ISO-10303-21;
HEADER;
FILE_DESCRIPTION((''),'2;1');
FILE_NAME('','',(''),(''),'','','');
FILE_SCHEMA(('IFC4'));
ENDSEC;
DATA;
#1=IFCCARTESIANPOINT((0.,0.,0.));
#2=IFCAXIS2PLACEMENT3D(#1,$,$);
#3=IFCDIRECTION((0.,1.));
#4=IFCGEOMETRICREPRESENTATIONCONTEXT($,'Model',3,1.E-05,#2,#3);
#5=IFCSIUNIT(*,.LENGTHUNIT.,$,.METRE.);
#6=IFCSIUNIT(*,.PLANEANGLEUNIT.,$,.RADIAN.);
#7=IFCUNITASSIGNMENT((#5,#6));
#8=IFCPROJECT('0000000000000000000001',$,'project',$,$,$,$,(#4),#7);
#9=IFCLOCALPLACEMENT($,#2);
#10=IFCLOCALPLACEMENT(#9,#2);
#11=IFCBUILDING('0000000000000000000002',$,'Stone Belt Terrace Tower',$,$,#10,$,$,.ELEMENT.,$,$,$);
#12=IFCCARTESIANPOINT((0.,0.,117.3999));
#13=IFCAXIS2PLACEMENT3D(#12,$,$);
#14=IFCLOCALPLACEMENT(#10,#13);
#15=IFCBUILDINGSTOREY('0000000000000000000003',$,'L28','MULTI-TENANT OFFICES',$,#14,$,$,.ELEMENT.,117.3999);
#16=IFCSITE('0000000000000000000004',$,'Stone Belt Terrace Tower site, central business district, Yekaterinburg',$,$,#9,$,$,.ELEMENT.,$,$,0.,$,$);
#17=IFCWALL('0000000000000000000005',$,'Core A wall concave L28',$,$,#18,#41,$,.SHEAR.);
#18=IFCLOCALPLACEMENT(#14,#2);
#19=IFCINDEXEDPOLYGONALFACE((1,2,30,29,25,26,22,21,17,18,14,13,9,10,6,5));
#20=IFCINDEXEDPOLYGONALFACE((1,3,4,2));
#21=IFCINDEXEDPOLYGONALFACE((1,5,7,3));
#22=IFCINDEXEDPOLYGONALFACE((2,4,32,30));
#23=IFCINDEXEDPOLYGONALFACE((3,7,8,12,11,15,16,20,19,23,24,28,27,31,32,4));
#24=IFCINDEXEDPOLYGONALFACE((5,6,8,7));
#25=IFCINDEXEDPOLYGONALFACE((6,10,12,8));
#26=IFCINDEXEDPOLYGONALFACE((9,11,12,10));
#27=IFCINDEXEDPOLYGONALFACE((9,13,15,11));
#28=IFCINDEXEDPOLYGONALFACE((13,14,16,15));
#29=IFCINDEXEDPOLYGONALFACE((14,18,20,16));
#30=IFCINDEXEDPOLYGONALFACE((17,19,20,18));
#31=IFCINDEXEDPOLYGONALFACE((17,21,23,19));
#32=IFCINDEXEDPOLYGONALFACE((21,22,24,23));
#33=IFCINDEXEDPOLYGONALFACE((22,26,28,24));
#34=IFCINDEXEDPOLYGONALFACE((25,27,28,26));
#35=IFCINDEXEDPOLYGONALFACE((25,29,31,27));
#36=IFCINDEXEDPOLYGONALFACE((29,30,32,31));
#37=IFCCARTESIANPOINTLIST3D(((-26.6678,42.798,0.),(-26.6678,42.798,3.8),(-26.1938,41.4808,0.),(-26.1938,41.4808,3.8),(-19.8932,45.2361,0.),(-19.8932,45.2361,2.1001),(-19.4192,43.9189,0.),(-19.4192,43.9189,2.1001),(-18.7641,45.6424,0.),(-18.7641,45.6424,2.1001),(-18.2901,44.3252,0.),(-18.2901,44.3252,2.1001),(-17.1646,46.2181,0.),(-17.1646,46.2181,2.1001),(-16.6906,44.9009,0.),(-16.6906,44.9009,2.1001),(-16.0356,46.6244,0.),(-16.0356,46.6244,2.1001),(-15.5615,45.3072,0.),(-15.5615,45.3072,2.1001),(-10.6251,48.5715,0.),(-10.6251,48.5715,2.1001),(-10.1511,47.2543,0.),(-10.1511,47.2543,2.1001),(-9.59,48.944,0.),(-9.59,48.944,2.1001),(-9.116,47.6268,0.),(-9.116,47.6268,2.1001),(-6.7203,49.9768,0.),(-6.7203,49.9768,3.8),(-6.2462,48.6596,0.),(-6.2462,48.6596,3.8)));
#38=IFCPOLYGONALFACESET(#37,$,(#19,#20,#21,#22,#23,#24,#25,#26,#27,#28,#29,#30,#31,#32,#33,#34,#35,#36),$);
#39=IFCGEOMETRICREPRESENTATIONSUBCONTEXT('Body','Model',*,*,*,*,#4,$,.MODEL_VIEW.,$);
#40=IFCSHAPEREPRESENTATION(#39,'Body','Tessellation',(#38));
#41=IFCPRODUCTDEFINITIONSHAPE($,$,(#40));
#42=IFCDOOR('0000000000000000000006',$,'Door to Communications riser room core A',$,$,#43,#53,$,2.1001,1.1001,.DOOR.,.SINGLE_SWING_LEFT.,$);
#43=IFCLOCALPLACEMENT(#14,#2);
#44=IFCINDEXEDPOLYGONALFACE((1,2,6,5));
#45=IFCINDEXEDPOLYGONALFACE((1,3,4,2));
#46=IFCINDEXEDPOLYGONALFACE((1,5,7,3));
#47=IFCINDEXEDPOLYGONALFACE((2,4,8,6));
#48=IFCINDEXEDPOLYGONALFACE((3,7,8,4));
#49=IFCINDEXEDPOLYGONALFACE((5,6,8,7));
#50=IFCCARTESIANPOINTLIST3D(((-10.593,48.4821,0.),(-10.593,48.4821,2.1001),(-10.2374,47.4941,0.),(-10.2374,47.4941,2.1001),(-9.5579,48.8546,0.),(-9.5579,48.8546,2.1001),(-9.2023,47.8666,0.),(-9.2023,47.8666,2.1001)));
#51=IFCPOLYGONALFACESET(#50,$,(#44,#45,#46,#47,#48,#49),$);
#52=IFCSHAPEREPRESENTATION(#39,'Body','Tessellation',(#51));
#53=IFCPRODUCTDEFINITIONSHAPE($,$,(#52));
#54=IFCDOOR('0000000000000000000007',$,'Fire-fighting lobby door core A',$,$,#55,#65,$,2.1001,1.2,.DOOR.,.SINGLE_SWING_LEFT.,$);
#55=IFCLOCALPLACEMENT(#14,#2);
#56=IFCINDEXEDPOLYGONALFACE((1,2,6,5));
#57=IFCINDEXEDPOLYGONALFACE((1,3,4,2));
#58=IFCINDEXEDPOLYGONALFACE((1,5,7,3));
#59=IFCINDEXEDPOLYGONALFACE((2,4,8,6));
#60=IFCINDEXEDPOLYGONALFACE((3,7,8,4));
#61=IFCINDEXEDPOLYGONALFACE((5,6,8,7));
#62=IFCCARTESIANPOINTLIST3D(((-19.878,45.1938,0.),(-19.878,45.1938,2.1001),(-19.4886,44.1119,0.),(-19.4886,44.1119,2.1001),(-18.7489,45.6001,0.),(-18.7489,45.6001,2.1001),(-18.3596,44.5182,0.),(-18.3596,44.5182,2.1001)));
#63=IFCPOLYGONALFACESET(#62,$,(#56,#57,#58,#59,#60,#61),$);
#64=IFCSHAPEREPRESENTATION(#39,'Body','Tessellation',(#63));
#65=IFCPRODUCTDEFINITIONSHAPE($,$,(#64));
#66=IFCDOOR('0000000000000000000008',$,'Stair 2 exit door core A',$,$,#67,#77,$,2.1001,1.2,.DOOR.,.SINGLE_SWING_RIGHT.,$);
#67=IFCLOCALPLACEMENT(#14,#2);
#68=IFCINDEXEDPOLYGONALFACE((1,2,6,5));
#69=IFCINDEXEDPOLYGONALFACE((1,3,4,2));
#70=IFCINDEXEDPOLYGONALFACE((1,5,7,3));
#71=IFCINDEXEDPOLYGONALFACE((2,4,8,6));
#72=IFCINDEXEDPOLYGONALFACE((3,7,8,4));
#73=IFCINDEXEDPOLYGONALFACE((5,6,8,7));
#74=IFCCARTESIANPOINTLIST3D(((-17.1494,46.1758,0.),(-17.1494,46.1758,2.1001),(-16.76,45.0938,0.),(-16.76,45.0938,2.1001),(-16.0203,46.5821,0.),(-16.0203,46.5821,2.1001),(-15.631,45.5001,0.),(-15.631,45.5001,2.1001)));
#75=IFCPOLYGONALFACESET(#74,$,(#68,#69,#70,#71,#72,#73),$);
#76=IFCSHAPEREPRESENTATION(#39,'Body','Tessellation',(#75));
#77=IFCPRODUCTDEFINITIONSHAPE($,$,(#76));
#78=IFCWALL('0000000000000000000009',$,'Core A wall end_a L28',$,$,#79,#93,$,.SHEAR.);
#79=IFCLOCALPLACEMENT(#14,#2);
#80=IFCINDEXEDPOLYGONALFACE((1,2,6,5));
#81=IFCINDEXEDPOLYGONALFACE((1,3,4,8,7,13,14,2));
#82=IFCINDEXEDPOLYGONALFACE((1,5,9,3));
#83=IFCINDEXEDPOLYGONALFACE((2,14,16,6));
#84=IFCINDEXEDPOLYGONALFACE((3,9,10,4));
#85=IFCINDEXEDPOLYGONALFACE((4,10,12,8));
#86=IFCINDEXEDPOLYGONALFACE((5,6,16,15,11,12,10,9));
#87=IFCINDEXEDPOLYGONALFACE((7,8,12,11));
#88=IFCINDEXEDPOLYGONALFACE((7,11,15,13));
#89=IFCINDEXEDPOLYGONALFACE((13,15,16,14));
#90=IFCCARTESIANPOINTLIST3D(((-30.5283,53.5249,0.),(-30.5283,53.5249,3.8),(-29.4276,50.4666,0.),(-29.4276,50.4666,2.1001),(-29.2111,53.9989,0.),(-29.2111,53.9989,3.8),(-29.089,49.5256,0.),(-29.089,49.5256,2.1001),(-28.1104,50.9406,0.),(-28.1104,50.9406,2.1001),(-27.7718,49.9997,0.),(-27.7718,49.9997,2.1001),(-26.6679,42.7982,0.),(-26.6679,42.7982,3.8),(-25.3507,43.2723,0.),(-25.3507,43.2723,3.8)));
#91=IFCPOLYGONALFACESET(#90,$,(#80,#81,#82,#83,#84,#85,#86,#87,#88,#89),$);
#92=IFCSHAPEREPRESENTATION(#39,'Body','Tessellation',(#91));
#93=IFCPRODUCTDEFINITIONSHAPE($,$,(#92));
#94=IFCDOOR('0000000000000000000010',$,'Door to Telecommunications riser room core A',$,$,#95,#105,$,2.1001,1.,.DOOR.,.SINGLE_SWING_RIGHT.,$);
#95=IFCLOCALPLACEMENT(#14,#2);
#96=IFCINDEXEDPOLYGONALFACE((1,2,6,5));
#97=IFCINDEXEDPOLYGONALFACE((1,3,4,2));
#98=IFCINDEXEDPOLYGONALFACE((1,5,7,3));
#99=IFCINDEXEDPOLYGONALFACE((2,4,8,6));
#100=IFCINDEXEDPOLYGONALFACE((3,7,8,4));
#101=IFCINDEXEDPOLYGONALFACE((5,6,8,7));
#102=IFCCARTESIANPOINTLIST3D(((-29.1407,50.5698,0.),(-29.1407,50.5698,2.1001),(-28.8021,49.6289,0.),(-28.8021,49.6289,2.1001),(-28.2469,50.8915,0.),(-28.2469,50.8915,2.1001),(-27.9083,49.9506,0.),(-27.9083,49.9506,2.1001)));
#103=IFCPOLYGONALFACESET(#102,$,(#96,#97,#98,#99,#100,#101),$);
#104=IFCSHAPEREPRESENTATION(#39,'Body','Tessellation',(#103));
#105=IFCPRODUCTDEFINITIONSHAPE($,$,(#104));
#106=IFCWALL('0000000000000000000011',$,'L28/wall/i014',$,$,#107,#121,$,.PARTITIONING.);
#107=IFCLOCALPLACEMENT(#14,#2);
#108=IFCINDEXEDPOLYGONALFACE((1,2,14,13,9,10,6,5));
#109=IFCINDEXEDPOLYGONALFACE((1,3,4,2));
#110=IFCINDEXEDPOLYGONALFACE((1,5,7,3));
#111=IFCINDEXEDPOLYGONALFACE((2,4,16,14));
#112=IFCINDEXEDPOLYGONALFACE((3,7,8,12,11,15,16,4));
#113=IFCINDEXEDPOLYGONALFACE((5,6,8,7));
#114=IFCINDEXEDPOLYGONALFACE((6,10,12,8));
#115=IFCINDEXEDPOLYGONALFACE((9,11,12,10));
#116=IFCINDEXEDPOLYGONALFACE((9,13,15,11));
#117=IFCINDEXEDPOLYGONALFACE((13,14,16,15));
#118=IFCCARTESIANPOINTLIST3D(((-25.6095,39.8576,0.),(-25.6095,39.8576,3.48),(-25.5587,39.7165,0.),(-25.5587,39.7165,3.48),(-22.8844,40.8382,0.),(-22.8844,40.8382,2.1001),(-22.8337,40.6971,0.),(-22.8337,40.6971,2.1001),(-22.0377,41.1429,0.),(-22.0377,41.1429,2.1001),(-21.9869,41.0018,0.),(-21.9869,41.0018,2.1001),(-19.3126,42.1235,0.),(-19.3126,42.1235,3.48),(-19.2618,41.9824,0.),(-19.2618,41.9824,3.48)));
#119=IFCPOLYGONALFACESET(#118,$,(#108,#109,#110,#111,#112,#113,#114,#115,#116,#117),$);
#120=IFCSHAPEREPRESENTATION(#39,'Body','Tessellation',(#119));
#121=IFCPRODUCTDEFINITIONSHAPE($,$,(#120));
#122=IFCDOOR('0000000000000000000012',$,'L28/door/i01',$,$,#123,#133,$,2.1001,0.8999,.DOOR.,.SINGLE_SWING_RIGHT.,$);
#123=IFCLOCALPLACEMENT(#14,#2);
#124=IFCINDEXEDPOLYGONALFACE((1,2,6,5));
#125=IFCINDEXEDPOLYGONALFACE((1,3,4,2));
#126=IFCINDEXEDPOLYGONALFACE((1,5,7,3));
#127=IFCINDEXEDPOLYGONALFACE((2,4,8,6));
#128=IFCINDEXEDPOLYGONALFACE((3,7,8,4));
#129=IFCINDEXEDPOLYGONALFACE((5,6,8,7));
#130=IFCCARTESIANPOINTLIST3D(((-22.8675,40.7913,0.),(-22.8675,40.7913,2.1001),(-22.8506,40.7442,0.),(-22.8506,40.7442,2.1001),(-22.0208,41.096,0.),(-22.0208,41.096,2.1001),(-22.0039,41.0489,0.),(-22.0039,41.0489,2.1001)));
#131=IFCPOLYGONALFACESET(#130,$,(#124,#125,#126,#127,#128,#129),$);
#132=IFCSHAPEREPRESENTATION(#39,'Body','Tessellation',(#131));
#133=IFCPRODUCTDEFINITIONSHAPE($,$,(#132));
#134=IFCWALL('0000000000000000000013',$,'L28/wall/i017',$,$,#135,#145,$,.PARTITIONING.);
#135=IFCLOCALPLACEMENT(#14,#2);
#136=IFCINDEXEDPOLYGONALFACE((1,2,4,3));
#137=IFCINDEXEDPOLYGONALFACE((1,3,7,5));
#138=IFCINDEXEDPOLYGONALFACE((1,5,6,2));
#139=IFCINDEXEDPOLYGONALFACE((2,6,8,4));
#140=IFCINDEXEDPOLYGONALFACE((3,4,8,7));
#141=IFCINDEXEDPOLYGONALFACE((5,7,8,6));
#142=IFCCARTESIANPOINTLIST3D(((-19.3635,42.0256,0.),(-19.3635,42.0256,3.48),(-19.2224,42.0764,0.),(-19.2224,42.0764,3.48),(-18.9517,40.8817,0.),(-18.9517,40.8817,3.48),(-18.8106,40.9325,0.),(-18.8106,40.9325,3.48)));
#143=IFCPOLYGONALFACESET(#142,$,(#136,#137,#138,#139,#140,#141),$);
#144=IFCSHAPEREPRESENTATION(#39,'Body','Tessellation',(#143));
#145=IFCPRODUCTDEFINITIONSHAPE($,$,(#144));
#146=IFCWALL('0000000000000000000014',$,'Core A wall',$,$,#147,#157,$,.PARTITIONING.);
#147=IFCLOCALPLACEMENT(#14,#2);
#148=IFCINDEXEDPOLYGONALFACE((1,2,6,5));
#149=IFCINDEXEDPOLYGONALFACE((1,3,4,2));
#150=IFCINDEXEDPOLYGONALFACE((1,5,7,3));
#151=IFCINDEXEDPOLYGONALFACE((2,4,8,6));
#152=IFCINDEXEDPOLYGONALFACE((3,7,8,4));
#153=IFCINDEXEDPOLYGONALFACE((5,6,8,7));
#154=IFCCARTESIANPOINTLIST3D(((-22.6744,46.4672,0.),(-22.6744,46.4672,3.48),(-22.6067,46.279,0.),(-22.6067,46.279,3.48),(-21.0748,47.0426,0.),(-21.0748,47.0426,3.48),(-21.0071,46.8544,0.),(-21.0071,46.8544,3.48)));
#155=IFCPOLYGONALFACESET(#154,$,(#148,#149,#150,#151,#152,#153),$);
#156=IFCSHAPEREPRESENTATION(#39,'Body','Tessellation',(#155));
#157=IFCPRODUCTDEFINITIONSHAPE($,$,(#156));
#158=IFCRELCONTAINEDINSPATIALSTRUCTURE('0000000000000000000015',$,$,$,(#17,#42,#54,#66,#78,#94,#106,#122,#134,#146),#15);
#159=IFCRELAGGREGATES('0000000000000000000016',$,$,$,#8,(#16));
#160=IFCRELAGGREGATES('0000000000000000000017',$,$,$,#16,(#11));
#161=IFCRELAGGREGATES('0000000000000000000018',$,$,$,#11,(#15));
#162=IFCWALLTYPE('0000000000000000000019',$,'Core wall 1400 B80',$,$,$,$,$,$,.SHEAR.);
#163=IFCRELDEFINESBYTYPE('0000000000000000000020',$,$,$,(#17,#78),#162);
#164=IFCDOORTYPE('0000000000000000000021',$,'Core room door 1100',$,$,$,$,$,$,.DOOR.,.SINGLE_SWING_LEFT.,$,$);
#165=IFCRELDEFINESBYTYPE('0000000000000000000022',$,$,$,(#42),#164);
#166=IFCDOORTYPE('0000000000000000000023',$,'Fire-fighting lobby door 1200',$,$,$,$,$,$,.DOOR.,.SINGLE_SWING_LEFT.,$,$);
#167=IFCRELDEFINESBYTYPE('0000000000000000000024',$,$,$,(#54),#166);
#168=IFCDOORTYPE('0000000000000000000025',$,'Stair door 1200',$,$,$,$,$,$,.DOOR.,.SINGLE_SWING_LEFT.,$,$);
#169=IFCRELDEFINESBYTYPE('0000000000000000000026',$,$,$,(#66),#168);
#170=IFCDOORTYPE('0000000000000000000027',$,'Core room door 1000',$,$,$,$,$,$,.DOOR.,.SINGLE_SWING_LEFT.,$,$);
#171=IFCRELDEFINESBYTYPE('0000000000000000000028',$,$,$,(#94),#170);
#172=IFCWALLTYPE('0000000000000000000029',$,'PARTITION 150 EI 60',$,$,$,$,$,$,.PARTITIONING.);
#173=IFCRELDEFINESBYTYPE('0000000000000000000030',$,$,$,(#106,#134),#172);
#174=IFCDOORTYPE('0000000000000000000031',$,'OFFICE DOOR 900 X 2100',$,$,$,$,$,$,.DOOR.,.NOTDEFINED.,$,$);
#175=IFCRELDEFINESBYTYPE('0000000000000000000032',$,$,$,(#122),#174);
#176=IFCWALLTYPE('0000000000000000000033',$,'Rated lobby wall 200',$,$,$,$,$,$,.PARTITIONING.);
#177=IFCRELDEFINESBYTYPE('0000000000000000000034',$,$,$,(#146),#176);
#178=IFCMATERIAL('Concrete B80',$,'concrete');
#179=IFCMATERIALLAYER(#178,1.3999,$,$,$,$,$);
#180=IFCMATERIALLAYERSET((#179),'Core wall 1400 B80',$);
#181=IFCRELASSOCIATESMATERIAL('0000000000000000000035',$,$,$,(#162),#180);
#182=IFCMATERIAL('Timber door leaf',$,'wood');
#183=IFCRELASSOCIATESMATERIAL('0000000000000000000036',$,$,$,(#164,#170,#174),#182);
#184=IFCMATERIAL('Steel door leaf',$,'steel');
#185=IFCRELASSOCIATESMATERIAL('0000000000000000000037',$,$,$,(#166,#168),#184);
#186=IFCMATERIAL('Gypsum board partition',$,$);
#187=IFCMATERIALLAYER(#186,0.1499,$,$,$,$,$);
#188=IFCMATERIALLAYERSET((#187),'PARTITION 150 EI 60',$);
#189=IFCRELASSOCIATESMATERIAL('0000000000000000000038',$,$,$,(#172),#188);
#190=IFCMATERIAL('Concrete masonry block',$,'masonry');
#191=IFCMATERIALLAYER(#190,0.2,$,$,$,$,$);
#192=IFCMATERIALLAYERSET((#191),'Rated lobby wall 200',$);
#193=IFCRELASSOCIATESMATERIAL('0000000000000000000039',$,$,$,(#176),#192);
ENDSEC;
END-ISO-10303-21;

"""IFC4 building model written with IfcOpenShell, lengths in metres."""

from ifc_helpers import new_model, si_unit, direction, frame, frame_2d, origin, place, context, subcontext, project, spatial, rectangle, extrude, material, layer, layer_set, type_object, element, fill, save


model = new_model("IFC4")

# Units and contexts
model_context = context("Model", 3, precision=1e-05, world=origin(), true_north=direction((0.0, 1.0)))
body_context = subcontext(model_context, "Body", "Model", "MODEL_VIEW")
ifc_project = project(units=[si_unit("LENGTHUNIT", "METRE"), si_unit("PLANEANGLEUNIT", "RADIAN")], contexts=[model_context])

# Site, building, storey
site_placement = place(None, origin())
site = spatial("IfcSite", under=ifc_project, at=site_placement, Name="Stone Belt Terrace Tower site, central business district, Yekaterinburg", CompositionType="ELEMENT", RefElevation=0.0)
building_placement = place(site_placement, origin())
building = spatial("IfcBuilding", under=site, at=building_placement, Name="Stone Belt Terrace Tower", CompositionType="ELEMENT")
storey_placement = place(building_placement, frame((0.0, 0.0, 117.3999)))
storey = spatial("IfcBuildingStorey", under=building, at=storey_placement, Name="L28", Description="MULTI-TENANT OFFICES", CompositionType="ELEMENT", Elevation=117.3999)

# Wall, openings, doors
ifc_material_1 = material(Name="Concrete B80", Category="concrete")
ifc_layer_1 = layer(ifc_material_1, 1.3999)
ifc_layer_set_1 = layer_set([ifc_layer_1], Name="Core wall 1400 B80")
wall_type_1 = type_object("IfcWallType", Name="Core wall 1400 B80", PredefinedType="SHEAR", material=ifc_layer_set_1)
wall_1_placement = place(storey_placement, frame((-26.4309, 42.1394, 0.0), z_axis=(0.0, 0.0, 1.0), x_axis=(0.940923, 0.33862, 0.0)))
wall_1 = element("IfcWall", 1, at=wall_1_placement, inside=storey, type_object=wall_type_1, Name="Core A wall concave L28", PredefinedType="SHEAR", context=body_context, shape_type="SweptSolid", body=[
    extrude(rectangle(XDim=21.2, YDim=1.3999, at=frame_2d((10.6001, 0.0))), origin(), (0.0, 0.0, 1.0), 3.8),
])
opening_1_placement = place(wall_1_placement, frame((7.2, 0.0, 0.0)))
opening_1 = element("IfcOpeningElement", 2, at=opening_1_placement, cuts=wall_1, PredefinedType="OPENING", context=body_context, shape_type="SweptSolid", body=[
    extrude(rectangle(XDim=1.2, YDim=2.1001, at=frame_2d((0.6001, 1.05))), frame((0.0, 0.71, 0.0), z_axis=(0.0, -1.0, 0.0), x_axis=(1.0, 0.0, 0.0)), (0.0, 0.0, 1.0), 1.4199),
])
opening_2_placement = place(wall_1_placement, frame((10.0999, 0.0, 0.0)))
opening_2 = element("IfcOpeningElement", 3, at=opening_2_placement, cuts=wall_1, PredefinedType="OPENING", context=body_context, shape_type="SweptSolid", body=[
    extrude(rectangle(XDim=1.2, YDim=2.1001, at=frame_2d((0.6001, 1.05))), frame((0.0, 0.71, 0.0), z_axis=(0.0, -1.0, 0.0), x_axis=(1.0, 0.0, 0.0)), (0.0, 0.0, 1.0), 1.4199),
])
opening_3_placement = place(wall_1_placement, frame((17.05, 0.0, 0.0)))
opening_3 = element("IfcOpeningElement", 4, at=opening_3_placement, cuts=wall_1, PredefinedType="OPENING", context=body_context, shape_type="SweptSolid", body=[
    extrude(rectangle(XDim=1.1001, YDim=2.1001, at=frame_2d((0.55, 1.05))), frame((0.0, 0.71, 0.0), z_axis=(0.0, -1.0, 0.0), x_axis=(1.0, 0.0, 0.0)), (0.0, 0.0, 1.0), 1.4199),
])
ifc_material_2 = material(Name="Timber door leaf", Category="wood")
door_type_1 = type_object("IfcDoorType", Name="Core room door 1100", OperationType="SINGLE_SWING_LEFT", PredefinedType="DOOR", material=ifc_material_2)
door_1_placement = place(opening_3_placement, origin())
door_1 = element("IfcDoor", 5, at=door_1_placement, inside=storey, type_object=door_type_1, Name="Door to Communications riser room core A", OperationType="SINGLE_SWING_LEFT", OverallHeight=2.1001, OverallWidth=1.1001, PredefinedType="DOOR", context=body_context, shape_type="SweptSolid", body=[
    extrude(rectangle(XDim=1.1001, YDim=2.1001, at=frame_2d((0.55, 1.05))), frame((0.0, 0.605, 0.0), z_axis=(0.0, -1.0, 0.0), x_axis=(1.0, 0.0, 0.0)), (0.0, 0.0, 1.0), 1.05),
])
fill(opening_3, door_1)
ifc_material_3 = material(Name="Steel door leaf", Category="steel")
door_type_2 = type_object("IfcDoorType", Name="Fire-fighting lobby door 1200", OperationType="SINGLE_SWING_LEFT", PredefinedType="DOOR", material=ifc_material_3)
door_2_placement = place(opening_1_placement, origin())
door_2 = element("IfcDoor", 6, at=door_2_placement, inside=storey, type_object=door_type_2, Name="Fire-fighting lobby door core A", OperationType="SINGLE_SWING_LEFT", OverallHeight=2.1001, OverallWidth=1.2, PredefinedType="DOOR", context=body_context, shape_type="SweptSolid", body=[
    extrude(rectangle(XDim=1.2, YDim=2.1001, at=frame_2d((0.6001, 1.05))), frame((0.0, 0.655, 0.0), z_axis=(0.0, -1.0, 0.0), x_axis=(1.0, 0.0, 0.0)), (0.0, 0.0, 1.0), 1.1499),
])
fill(opening_1, door_2)
door_type_3 = type_object("IfcDoorType", Name="Stair door 1200", OperationType="SINGLE_SWING_LEFT", PredefinedType="DOOR", material=ifc_material_3)
door_3_placement = place(opening_2_placement, origin())
door_3 = element("IfcDoor", 7, at=door_3_placement, inside=storey, type_object=door_type_3, Name="Stair 2 exit door core A", OperationType="SINGLE_SWING_RIGHT", OverallHeight=2.1001, OverallWidth=1.2, PredefinedType="DOOR", context=body_context, shape_type="SweptSolid", body=[
    extrude(rectangle(XDim=1.2, YDim=2.1001, at=frame_2d((0.6001, 1.05))), frame((0.0, 0.655, 0.0), z_axis=(0.0, -1.0, 0.0), x_axis=(1.0, 0.0, 0.0)), (0.0, 0.0, 1.0), 1.1499),
])
fill(opening_2, door_3)

# Walls, openings, doors
wall_2_placement = place(storey_placement, frame((-26.0093, 43.0352, 0.0), z_axis=(0.0, 0.0, 1.0), x_axis=(-0.338625, 0.940921, 0.0)))
wall_2 = element("IfcWall", 8, at=wall_2_placement, inside=storey, type_object=wall_type_1, Name="Core A wall end_a L28", PredefinedType="SHEAR", context=body_context, shape_type="SweptSolid", body=[
    extrude(rectangle(XDim=11.4001, YDim=1.3999, at=frame_2d((5.7002, 0.0))), origin(), (0.0, 0.0, 1.0), 3.8),
])
opening_4_placement = place(wall_2_placement, frame((7.1499, 0.0, 0.0)))
opening_4 = element("IfcOpeningElement", 9, at=opening_4_placement, cuts=wall_2, PredefinedType="OPENING", context=body_context, shape_type="SweptSolid", body=[
    extrude(rectangle(XDim=1.0, YDim=2.1001, at=frame_2d((0.5, 1.05))), frame((0.0, 0.71, 0.0), z_axis=(0.0, -1.0, 0.0), x_axis=(1.0, 0.0, 0.0)), (0.0, 0.0, 1.0), 1.4199),
])
door_type_4 = type_object("IfcDoorType", Name="Core room door 1000", OperationType="SINGLE_SWING_LEFT", PredefinedType="DOOR", material=ifc_material_2)
door_4_placement = place(opening_4_placement, origin())
door_4 = element("IfcDoor", 10, at=door_4_placement, inside=storey, type_object=door_type_4, Name="Door to Telecommunications riser room core A", OperationType="SINGLE_SWING_RIGHT", OverallHeight=2.1001, OverallWidth=1.0, PredefinedType="DOOR", context=body_context, shape_type="SweptSolid", body=[
    extrude(rectangle(XDim=1.0, YDim=2.1001, at=frame_2d((0.5, 1.05))), frame((0.0, 0.395, 0.0), z_axis=(0.0, -1.0, 0.0), x_axis=(1.0, 0.0, 0.0)), (0.0, 0.0, 1.0), 0.95),
])
fill(opening_4, door_4)
ifc_material_4 = material(Name="Gypsum board partition")
ifc_layer_2 = layer(ifc_material_4, 0.1499)
ifc_layer_set_2 = layer_set([ifc_layer_2], Name="PARTITION 150 EI 60")
wall_type_2 = type_object("IfcWallType", Name="PARTITION 150 EI 60", PredefinedType="PARTITIONING", material=ifc_layer_set_2)
wall_3_placement = place(storey_placement, frame((-19.2871, 42.053, 0.0), z_axis=(0.0, 0.0, 1.0), x_axis=(-0.940935, -0.338586, 0.0)))
wall_3 = element("IfcWall", 11, at=wall_3_placement, inside=storey, type_object=wall_type_2, Name="L28/wall/i014", PredefinedType="PARTITIONING", context=body_context, shape_type="SweptSolid", body=[
    extrude(rectangle(XDim=6.6921, YDim=0.1499, at=frame_2d((3.3462, 0.0))), origin(), (0.0, 0.0, 1.0), 3.48),
])
opening_5_placement = place(wall_3_placement, frame((2.8962, 0.0, 0.0)))
opening_5 = element("IfcOpeningElement", 12, at=opening_5_placement, cuts=wall_3, PredefinedType="OPENING", context=body_context, shape_type="SweptSolid", body=[
    extrude(rectangle(XDim=0.8999, YDim=2.1001, at=frame_2d((0.45, 1.05))), frame((0.0, 0.085, 0.0), z_axis=(0.0, -1.0, 0.0), x_axis=(1.0, 0.0, 0.0)), (0.0, 0.0, 1.0), 0.1699),
])
door_type_5 = type_object("IfcDoorType", Name="OFFICE DOOR 900 X 2100", OperationType="NOTDEFINED", PredefinedType="DOOR", material=ifc_material_2)
door_5_placement = place(opening_5_placement, origin())
door_5 = element("IfcDoor", 13, at=door_5_placement, inside=storey, type_object=door_type_5, Name="L28/door/i01", OperationType="SINGLE_SWING_RIGHT", OverallHeight=2.1001, OverallWidth=0.8999, PredefinedType="DOOR", context=body_context, shape_type="SweptSolid", body=[
    extrude(rectangle(XDim=0.8999, YDim=2.1001, at=frame_2d((0.45, 1.05))), frame((0.0, 0.0249, 0.0), z_axis=(0.0, -1.0, 0.0), x_axis=(1.0, 0.0, 0.0)), (0.0, 0.0, 1.0), 0.05),
])
fill(opening_5, door_5)

# Walls
wall_4_placement = place(storey_placement, frame((-19.293, 42.051, 0.0), z_axis=(0.0, 0.0, 1.0), x_axis=(0.338727, -0.940885, 0.0)))
element("IfcWall", 14, at=wall_4_placement, inside=storey, type_object=wall_type_2, Name="L28/wall/i017", PredefinedType="PARTITIONING", context=body_context, shape_type="SweptSolid", body=[
    extrude(rectangle(XDim=1.2158, YDim=0.1499, at=frame_2d((0.6079, 0.0))), origin(), (0.0, 0.0, 1.0), 3.48),
])
ifc_material_5 = material(Name="Concrete masonry block", Category="masonry")
ifc_layer_3 = layer(ifc_material_5, 0.2)
ifc_layer_set_3 = layer_set([ifc_layer_3], Name="Rated lobby wall 200")
wall_type_3 = type_object("IfcWallType", Name="Rated lobby wall 200", PredefinedType="PARTITIONING", material=ifc_layer_set_3)
wall_5_placement = place(storey_placement, frame((-22.6406, 46.373, 0.0), z_axis=(0.0, 0.0, 1.0), x_axis=(0.940966, 0.338501, 0.0)))
element("IfcWall", 15, at=wall_5_placement, inside=storey, type_object=wall_type_3, Name="Core A wall", PredefinedType="PARTITIONING", context=body_context, shape_type="SweptSolid", body=[
    extrude(rectangle(XDim=1.7, YDim=0.2, at=frame_2d((0.8501, 0.0))), origin(), (0.0, 0.0, 1.0), 3.48),
])

save(model, "model.ifc")
